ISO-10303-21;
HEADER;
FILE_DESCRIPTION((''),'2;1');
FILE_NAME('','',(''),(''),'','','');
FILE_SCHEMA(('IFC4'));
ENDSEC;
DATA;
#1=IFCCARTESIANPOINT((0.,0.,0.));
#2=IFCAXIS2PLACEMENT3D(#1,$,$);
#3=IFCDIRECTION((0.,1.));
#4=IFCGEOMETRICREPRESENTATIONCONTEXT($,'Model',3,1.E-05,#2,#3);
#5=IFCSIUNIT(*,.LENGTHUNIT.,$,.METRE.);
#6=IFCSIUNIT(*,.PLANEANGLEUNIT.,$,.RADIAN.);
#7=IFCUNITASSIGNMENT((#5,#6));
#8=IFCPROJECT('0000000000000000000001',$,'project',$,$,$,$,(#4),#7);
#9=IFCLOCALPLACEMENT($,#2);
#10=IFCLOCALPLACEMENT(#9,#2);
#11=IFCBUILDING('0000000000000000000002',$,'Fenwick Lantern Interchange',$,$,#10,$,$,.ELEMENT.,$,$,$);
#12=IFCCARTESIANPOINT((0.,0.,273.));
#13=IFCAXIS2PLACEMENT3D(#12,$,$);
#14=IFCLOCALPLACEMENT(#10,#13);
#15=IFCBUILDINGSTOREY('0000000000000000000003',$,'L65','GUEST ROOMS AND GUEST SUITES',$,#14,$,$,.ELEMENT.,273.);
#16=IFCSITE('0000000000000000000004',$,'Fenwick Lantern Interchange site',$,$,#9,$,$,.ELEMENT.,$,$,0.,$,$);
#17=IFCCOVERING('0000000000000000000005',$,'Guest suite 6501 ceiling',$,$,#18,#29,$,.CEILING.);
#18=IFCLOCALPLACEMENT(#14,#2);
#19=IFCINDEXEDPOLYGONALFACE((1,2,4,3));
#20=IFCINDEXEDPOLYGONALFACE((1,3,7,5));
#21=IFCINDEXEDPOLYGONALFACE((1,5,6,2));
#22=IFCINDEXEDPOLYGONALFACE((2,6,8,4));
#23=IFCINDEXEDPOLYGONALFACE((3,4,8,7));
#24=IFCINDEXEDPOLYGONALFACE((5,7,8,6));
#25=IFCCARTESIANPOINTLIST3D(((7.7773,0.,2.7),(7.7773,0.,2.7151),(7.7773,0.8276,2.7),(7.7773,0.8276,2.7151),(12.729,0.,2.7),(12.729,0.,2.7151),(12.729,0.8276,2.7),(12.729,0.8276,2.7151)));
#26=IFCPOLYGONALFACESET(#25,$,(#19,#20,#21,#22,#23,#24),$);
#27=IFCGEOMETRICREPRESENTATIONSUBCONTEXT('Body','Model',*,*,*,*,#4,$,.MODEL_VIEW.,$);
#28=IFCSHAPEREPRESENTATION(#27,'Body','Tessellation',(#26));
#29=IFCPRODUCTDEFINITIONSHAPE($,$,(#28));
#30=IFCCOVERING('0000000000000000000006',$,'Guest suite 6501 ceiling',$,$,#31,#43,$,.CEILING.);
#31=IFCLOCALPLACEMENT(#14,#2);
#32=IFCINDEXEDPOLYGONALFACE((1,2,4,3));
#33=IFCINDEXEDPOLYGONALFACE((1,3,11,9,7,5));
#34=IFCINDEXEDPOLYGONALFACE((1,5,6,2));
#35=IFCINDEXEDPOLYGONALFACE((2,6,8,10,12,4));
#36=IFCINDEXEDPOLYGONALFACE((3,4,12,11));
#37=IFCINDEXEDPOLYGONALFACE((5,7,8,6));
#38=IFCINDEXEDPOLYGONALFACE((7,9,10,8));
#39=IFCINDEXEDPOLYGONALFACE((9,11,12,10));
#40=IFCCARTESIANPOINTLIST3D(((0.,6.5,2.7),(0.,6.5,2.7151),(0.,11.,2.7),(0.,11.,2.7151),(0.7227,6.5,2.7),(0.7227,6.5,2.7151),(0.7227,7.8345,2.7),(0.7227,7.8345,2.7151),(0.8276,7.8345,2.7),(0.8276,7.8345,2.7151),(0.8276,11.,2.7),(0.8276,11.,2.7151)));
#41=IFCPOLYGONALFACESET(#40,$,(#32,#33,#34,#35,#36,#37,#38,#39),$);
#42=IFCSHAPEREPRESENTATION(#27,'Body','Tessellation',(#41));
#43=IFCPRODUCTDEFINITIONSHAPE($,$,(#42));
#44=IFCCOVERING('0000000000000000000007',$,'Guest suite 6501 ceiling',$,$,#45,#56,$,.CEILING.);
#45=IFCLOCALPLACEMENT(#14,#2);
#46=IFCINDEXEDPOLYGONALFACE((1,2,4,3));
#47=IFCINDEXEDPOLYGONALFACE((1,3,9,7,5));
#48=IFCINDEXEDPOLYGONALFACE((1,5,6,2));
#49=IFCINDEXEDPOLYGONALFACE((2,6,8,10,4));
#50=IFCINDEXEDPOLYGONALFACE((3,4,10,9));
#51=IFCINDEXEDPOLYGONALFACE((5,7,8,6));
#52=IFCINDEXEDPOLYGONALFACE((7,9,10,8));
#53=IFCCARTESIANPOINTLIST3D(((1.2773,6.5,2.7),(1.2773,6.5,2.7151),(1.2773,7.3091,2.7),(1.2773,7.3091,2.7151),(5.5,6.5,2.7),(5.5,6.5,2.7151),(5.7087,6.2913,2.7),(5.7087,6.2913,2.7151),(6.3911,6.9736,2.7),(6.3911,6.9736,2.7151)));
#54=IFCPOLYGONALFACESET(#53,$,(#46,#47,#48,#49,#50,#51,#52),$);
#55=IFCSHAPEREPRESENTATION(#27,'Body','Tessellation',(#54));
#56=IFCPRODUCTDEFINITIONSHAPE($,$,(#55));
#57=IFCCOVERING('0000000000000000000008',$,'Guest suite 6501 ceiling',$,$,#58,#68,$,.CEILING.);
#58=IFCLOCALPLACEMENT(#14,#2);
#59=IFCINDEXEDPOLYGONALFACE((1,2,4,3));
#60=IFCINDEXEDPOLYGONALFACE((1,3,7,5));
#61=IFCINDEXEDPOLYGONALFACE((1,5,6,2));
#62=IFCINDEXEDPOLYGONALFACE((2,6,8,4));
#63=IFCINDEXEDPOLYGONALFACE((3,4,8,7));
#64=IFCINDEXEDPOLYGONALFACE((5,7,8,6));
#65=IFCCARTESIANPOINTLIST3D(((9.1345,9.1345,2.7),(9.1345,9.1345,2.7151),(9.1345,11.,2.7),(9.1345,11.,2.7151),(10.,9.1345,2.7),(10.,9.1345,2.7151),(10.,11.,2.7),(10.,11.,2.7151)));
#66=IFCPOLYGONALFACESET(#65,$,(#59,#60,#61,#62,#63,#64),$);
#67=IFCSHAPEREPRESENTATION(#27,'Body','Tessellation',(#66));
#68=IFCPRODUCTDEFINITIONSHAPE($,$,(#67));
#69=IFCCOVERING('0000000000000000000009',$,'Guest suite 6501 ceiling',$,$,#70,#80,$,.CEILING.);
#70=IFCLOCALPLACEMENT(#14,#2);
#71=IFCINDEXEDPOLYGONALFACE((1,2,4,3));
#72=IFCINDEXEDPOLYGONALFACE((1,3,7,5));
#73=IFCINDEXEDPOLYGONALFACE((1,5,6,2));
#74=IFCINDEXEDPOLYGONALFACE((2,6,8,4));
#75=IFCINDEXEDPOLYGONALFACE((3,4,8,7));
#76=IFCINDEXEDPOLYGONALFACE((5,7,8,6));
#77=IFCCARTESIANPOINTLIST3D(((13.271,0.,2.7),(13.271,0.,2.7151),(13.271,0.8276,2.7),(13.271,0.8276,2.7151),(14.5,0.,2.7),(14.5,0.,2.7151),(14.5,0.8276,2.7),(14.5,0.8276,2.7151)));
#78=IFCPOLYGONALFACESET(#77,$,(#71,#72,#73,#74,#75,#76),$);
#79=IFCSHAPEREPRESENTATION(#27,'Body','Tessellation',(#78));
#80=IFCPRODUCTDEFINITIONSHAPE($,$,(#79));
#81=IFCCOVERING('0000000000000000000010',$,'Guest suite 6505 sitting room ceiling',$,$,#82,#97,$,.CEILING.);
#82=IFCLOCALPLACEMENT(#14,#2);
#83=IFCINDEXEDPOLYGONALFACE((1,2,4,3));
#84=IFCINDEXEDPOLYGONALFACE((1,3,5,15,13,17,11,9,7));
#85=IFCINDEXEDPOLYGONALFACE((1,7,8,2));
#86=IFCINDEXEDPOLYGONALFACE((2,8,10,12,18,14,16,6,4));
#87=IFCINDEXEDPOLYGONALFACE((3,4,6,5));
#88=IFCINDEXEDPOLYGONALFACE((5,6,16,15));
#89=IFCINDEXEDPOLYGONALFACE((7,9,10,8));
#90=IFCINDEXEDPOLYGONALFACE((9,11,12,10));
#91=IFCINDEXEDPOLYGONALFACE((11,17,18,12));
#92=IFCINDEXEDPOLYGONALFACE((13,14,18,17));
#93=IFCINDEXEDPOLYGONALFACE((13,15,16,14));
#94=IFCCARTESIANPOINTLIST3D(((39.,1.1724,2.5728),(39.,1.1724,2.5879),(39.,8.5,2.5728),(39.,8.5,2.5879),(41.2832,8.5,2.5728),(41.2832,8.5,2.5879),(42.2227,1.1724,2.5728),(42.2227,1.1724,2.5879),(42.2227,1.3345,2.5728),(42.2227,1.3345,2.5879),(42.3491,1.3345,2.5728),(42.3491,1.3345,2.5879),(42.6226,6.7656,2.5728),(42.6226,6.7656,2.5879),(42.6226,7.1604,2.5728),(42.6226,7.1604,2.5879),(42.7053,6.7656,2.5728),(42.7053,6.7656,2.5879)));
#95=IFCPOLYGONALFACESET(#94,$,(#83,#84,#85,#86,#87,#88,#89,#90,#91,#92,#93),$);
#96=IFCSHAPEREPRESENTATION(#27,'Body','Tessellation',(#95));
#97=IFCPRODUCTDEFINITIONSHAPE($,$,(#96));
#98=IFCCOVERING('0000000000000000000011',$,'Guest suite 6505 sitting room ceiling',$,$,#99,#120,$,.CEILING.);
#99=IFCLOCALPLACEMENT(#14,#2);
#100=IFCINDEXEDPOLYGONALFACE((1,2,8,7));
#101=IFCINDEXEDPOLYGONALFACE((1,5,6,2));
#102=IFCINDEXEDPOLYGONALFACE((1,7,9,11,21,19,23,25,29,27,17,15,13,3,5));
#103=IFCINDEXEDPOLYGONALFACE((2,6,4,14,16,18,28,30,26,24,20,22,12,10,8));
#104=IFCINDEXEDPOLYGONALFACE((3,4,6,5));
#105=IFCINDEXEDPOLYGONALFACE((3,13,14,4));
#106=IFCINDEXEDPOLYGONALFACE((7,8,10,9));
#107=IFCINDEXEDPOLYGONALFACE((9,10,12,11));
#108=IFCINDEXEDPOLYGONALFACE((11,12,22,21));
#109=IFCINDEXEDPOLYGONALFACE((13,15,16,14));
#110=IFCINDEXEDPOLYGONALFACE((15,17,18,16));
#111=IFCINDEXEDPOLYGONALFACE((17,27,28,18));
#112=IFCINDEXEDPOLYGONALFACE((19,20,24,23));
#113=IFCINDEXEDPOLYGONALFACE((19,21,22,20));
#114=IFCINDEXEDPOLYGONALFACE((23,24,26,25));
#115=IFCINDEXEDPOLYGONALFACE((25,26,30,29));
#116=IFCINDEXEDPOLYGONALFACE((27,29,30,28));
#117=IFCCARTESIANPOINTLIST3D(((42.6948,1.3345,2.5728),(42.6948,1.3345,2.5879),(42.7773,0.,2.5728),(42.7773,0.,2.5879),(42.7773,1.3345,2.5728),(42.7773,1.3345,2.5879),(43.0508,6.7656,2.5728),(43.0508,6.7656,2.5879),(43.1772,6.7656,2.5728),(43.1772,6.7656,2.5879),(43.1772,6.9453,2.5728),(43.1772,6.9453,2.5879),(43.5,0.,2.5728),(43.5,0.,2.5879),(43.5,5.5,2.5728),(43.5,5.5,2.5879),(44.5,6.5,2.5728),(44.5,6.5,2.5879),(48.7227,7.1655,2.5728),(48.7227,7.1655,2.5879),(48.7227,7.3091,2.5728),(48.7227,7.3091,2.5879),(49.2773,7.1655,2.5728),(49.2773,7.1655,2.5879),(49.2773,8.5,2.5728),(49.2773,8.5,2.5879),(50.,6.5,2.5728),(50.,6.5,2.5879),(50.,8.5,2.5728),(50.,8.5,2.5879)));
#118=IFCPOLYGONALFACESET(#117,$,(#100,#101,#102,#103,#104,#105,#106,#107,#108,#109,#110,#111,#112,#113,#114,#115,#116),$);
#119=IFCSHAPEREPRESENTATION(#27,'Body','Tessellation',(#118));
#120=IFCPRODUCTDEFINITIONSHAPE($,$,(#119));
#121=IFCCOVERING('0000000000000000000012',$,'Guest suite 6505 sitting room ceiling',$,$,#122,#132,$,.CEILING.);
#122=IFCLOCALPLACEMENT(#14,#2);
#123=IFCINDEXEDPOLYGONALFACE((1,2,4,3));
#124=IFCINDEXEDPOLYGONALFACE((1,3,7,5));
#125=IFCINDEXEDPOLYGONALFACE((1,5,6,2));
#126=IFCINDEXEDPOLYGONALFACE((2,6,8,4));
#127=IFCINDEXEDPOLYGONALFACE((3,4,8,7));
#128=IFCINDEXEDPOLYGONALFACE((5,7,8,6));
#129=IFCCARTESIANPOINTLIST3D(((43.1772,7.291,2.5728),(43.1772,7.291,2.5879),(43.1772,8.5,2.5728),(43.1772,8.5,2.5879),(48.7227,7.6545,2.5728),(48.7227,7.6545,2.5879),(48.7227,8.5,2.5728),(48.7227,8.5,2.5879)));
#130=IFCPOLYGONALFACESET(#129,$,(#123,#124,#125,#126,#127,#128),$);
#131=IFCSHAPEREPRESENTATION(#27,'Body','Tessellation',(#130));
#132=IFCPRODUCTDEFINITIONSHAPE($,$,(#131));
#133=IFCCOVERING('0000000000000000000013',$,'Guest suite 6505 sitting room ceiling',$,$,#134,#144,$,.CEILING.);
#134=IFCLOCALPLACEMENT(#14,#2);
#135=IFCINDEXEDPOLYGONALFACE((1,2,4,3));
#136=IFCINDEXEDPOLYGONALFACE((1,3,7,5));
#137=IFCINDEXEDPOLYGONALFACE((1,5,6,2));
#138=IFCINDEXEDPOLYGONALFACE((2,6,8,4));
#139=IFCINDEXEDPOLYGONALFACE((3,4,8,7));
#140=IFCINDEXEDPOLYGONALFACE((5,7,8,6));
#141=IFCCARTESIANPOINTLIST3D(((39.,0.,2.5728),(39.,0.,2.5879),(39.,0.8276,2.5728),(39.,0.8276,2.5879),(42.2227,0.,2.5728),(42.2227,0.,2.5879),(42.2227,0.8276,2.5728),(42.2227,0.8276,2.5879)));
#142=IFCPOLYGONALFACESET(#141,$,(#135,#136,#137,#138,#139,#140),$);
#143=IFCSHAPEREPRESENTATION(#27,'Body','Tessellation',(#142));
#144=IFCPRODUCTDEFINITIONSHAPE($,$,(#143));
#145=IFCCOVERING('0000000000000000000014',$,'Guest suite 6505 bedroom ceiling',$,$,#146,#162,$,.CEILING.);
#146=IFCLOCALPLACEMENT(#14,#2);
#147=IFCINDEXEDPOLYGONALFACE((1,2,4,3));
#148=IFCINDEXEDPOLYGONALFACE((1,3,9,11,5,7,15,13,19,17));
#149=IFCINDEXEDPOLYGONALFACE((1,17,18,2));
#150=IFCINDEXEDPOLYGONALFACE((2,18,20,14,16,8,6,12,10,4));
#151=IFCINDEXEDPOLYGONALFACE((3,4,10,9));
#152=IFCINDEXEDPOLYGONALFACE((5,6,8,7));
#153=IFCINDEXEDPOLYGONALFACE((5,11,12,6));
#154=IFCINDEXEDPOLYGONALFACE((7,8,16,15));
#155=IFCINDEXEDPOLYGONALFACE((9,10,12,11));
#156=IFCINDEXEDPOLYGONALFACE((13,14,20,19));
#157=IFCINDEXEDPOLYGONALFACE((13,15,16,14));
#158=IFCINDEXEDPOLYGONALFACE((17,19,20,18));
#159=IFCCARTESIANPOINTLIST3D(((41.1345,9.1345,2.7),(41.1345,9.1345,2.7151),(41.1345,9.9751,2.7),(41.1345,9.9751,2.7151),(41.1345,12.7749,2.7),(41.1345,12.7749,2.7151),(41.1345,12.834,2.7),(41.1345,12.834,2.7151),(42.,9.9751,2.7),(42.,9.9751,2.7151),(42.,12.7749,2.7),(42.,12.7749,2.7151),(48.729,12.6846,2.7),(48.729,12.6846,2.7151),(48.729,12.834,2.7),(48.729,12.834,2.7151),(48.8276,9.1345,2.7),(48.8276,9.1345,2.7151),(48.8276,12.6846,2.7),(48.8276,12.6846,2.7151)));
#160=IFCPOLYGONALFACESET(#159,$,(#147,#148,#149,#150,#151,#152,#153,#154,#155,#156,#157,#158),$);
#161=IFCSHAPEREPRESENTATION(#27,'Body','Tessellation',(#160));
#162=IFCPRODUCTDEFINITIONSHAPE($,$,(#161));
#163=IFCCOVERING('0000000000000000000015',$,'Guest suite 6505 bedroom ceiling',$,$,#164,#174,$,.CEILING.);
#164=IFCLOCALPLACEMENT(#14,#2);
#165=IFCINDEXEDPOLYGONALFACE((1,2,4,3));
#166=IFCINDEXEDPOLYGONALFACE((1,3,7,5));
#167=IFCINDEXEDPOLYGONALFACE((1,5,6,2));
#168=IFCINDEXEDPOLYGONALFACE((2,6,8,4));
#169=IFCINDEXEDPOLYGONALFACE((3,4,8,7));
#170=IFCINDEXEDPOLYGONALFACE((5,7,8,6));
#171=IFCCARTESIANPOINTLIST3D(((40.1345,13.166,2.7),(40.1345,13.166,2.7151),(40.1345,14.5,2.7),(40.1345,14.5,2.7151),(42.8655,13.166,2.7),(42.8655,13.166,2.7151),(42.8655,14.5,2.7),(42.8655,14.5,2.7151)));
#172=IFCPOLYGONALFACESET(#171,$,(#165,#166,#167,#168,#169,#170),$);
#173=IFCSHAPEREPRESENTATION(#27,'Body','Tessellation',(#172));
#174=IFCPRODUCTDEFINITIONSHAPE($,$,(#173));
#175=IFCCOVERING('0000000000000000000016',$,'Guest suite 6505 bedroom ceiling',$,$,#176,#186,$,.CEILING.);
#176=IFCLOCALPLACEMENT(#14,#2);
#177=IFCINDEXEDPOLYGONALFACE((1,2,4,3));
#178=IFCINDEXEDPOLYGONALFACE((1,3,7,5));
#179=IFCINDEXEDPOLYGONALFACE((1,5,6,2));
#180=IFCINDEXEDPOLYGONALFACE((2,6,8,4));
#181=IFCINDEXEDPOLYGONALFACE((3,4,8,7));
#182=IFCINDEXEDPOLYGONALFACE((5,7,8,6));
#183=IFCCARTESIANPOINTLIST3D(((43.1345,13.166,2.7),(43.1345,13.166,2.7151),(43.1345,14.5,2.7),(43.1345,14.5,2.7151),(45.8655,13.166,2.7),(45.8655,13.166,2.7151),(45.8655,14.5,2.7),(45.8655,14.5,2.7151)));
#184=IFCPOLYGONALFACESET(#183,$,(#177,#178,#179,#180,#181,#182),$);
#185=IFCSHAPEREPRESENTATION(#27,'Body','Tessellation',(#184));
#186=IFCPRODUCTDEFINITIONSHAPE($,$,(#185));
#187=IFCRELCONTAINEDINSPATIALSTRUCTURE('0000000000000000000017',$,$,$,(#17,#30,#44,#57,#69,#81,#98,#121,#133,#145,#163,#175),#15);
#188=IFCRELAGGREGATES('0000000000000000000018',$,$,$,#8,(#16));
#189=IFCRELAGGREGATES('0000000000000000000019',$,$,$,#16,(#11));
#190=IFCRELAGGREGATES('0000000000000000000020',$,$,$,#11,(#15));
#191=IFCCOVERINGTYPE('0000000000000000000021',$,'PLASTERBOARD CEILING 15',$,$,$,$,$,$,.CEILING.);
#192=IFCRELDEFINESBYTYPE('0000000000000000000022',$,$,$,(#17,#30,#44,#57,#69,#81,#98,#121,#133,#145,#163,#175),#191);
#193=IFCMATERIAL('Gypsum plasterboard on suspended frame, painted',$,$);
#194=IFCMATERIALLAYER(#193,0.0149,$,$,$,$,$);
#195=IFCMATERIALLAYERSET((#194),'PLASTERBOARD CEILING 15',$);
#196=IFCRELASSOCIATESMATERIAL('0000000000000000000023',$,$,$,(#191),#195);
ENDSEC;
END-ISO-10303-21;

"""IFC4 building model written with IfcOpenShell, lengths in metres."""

from ifc_helpers import new_model, si_unit, direction, frame, origin, place, context, subcontext, project, spatial, polyline, outline, extrude, material, layer, layer_set, type_object, element, save


model = new_model("IFC4")

# Units and contexts
model_context = context("Model", 3, precision=1e-05, world=origin(), true_north=direction((0.0, 1.0)))
body_context = subcontext(model_context, "Body", "Model", "MODEL_VIEW")
ifc_project = project(units=[si_unit("LENGTHUNIT", "METRE"), si_unit("PLANEANGLEUNIT", "RADIAN")], contexts=[model_context])

# Site, building, storey
site_placement = place(None, origin())
site = spatial("IfcSite", under=ifc_project, at=site_placement, Name="Fenwick Lantern Interchange site", CompositionType="ELEMENT", RefElevation=0.0)
building_placement = place(site_placement, origin())
building = spatial("IfcBuilding", under=site, at=building_placement, Name="Fenwick Lantern Interchange", CompositionType="ELEMENT")
storey_placement = place(building_placement, frame((0.0, 0.0, 273.0)))
storey = spatial("IfcBuildingStorey", under=building, at=storey_placement, Name="L65", Description="GUEST ROOMS AND GUEST SUITES", CompositionType="ELEMENT", Elevation=273.0)

# Coverings
ifc_material_1 = material(Name="Gypsum plasterboard on suspended frame, painted")
ifc_layer_1 = layer(ifc_material_1, 0.0149)
ifc_layer_set_1 = layer_set([ifc_layer_1], Name="PLASTERBOARD CEILING 15")
covering_type_1 = type_object("IfcCoveringType", Name="PLASTERBOARD CEILING 15", PredefinedType="CEILING", material=ifc_layer_set_1)
covering_1_placement = place(storey_placement, frame((0.0, 0.0, 2.7)))
element("IfcCovering", 1, at=covering_1_placement, inside=storey, type_object=covering_type_1, Name="Guest suite 6501 ceiling", PredefinedType="CEILING", context=body_context, shape_type="SweptSolid", body=[
    extrude(outline(polyline([(12.729, 0.0), (12.729, 0.8276), (7.7773, 0.8276), (7.7773, 0.0), (12.729, 0.0)])), origin(), (0.0, 0.0, 1.0), 0.0151),
])
covering_2_placement = place(storey_placement, frame((0.0, 0.0, 2.7)))
element("IfcCovering", 2, at=covering_2_placement, inside=storey, type_object=covering_type_1, Name="Guest suite 6501 ceiling", PredefinedType="CEILING", context=body_context, shape_type="SweptSolid", body=[
    extrude(outline(polyline([(0.7227, 7.8345), (0.8276, 7.8345), (0.8276, 11.0), (0.0, 11.0), (0.0, 6.5), (0.7227, 6.5), (0.7227, 7.8345)])), origin(), (0.0, 0.0, 1.0), 0.0151),
])
covering_3_placement = place(storey_placement, frame((0.0, 0.0, 2.7)))
element("IfcCovering", 3, at=covering_3_placement, inside=storey, type_object=covering_type_1, Name="Guest suite 6501 ceiling", PredefinedType="CEILING", context=body_context, shape_type="SweptSolid", body=[
    extrude(outline(polyline([(5.7087, 6.2913), (6.3911, 6.9736), (1.2773, 7.3091), (1.2773, 6.5), (5.5, 6.5), (5.7087, 6.2913)])), origin(), (0.0, 0.0, 1.0), 0.0151),
])
covering_4_placement = place(storey_placement, frame((0.0, 0.0, 2.7)))
element("IfcCovering", 4, at=covering_4_placement, inside=storey, type_object=covering_type_1, Name="Guest suite 6501 ceiling", PredefinedType="CEILING", context=body_context, shape_type="SweptSolid", body=[
    extrude(outline(polyline([(10.0, 9.1345), (10.0, 11.0), (9.1345, 11.0), (9.1345, 9.1345), (10.0, 9.1345)])), origin(), (0.0, 0.0, 1.0), 0.0151),
])
covering_5_placement = place(storey_placement, frame((0.0, 0.0, 2.7)))
element("IfcCovering", 5, at=covering_5_placement, inside=storey, type_object=covering_type_1, Name="Guest suite 6501 ceiling", PredefinedType="CEILING", context=body_context, shape_type="SweptSolid", body=[
    extrude(outline(polyline([(14.5, 0.0), (14.5, 0.8276), (13.271, 0.8276), (13.271, 0.0), (14.5, 0.0)])), origin(), (0.0, 0.0, 1.0), 0.0151),
])
covering_6_placement = place(storey_placement, frame((0.0, 0.0, 2.5728)))
element("IfcCovering", 6, at=covering_6_placement, inside=storey, type_object=covering_type_1, Name="Guest suite 6505 sitting room ceiling", PredefinedType="CEILING", context=body_context, shape_type="SweptSolid", body=[
    extrude(outline(polyline([(42.2227, 1.3345), (42.3491, 1.3345), (42.7053, 6.7656), (42.6226, 6.7656), (42.6226, 7.1604), (41.2832, 8.5), (39.0, 8.5), (39.0, 1.1724), (42.2227, 1.1724), (42.2227, 1.3345)])), origin(), (0.0, 0.0, 1.0), 0.0151),
])
covering_7_placement = place(storey_placement, frame((0.0, 0.0, 2.5728)))
element("IfcCovering", 7, at=covering_7_placement, inside=storey, type_object=covering_type_1, Name="Guest suite 6505 sitting room ceiling", PredefinedType="CEILING", context=body_context, shape_type="SweptSolid", body=[
    extrude(outline(polyline([(42.7773, 1.3345), (42.7773, 0.0), (43.5, 0.0), (43.5, 5.5), (44.5, 6.5), (50.0, 6.5), (50.0, 8.5), (49.2773, 8.5), (49.2773, 7.1655), (48.7227, 7.1655), (48.7227, 7.3091), (43.1772, 6.9453), (43.1772, 6.7656), (43.0508, 6.7656), (42.6948, 1.3345), (42.7773, 1.3345)])), origin(), (0.0, 0.0, 1.0), 0.0151),
])
covering_8_placement = place(storey_placement, frame((0.0, 0.0, 2.5728)))
element("IfcCovering", 8, at=covering_8_placement, inside=storey, type_object=covering_type_1, Name="Guest suite 6505 sitting room ceiling", PredefinedType="CEILING", context=body_context, shape_type="SweptSolid", body=[
    extrude(outline(polyline([(43.1772, 8.5), (43.1772, 7.291), (48.7227, 7.6545), (48.7227, 8.5), (43.1772, 8.5)])), origin(), (0.0, 0.0, 1.0), 0.0151),
])
covering_9_placement = place(storey_placement, frame((0.0, 0.0, 2.5728)))
element("IfcCovering", 9, at=covering_9_placement, inside=storey, type_object=covering_type_1, Name="Guest suite 6505 sitting room ceiling", PredefinedType="CEILING", context=body_context, shape_type="SweptSolid", body=[
    extrude(outline(polyline([(42.2227, 0.0), (42.2227, 0.8276), (39.0, 0.8276), (39.0, 0.0), (42.2227, 0.0)])), origin(), (0.0, 0.0, 1.0), 0.0151),
])
covering_10_placement = place(storey_placement, frame((0.0, 0.0, 2.7)))
element("IfcCovering", 10, at=covering_10_placement, inside=storey, type_object=covering_type_1, Name="Guest suite 6505 bedroom ceiling", PredefinedType="CEILING", context=body_context, shape_type="SweptSolid", body=[
    extrude(outline(polyline([(48.729, 12.6846), (48.729, 12.834), (41.1345, 12.834), (41.1345, 12.7749), (42.0, 12.7749), (42.0, 9.9751), (41.1345, 9.9751), (41.1345, 9.1345), (48.8276, 9.1345), (48.8276, 12.6846), (48.729, 12.6846)])), origin(), (0.0, 0.0, 1.0), 0.0151),
])
covering_11_placement = place(storey_placement, frame((0.0, 0.0, 2.7)))
element("IfcCovering", 11, at=covering_11_placement, inside=storey, type_object=covering_type_1, Name="Guest suite 6505 bedroom ceiling", PredefinedType="CEILING", context=body_context, shape_type="SweptSolid", body=[
    extrude(outline(polyline([(42.8655, 14.5), (40.1345, 14.5), (40.1345, 13.166), (42.8655, 13.166), (42.8655, 14.5)])), origin(), (0.0, 0.0, 1.0), 0.0151),
])
covering_12_placement = place(storey_placement, frame((0.0, 0.0, 2.7)))
element("IfcCovering", 12, at=covering_12_placement, inside=storey, type_object=covering_type_1, Name="Guest suite 6505 bedroom ceiling", PredefinedType="CEILING", context=body_context, shape_type="SweptSolid", body=[
    extrude(outline(polyline([(45.8655, 14.5), (43.1345, 14.5), (43.1345, 13.166), (45.8655, 13.166), (45.8655, 14.5)])), origin(), (0.0, 0.0, 1.0), 0.0151),
])

save(model, "model.ifc")
